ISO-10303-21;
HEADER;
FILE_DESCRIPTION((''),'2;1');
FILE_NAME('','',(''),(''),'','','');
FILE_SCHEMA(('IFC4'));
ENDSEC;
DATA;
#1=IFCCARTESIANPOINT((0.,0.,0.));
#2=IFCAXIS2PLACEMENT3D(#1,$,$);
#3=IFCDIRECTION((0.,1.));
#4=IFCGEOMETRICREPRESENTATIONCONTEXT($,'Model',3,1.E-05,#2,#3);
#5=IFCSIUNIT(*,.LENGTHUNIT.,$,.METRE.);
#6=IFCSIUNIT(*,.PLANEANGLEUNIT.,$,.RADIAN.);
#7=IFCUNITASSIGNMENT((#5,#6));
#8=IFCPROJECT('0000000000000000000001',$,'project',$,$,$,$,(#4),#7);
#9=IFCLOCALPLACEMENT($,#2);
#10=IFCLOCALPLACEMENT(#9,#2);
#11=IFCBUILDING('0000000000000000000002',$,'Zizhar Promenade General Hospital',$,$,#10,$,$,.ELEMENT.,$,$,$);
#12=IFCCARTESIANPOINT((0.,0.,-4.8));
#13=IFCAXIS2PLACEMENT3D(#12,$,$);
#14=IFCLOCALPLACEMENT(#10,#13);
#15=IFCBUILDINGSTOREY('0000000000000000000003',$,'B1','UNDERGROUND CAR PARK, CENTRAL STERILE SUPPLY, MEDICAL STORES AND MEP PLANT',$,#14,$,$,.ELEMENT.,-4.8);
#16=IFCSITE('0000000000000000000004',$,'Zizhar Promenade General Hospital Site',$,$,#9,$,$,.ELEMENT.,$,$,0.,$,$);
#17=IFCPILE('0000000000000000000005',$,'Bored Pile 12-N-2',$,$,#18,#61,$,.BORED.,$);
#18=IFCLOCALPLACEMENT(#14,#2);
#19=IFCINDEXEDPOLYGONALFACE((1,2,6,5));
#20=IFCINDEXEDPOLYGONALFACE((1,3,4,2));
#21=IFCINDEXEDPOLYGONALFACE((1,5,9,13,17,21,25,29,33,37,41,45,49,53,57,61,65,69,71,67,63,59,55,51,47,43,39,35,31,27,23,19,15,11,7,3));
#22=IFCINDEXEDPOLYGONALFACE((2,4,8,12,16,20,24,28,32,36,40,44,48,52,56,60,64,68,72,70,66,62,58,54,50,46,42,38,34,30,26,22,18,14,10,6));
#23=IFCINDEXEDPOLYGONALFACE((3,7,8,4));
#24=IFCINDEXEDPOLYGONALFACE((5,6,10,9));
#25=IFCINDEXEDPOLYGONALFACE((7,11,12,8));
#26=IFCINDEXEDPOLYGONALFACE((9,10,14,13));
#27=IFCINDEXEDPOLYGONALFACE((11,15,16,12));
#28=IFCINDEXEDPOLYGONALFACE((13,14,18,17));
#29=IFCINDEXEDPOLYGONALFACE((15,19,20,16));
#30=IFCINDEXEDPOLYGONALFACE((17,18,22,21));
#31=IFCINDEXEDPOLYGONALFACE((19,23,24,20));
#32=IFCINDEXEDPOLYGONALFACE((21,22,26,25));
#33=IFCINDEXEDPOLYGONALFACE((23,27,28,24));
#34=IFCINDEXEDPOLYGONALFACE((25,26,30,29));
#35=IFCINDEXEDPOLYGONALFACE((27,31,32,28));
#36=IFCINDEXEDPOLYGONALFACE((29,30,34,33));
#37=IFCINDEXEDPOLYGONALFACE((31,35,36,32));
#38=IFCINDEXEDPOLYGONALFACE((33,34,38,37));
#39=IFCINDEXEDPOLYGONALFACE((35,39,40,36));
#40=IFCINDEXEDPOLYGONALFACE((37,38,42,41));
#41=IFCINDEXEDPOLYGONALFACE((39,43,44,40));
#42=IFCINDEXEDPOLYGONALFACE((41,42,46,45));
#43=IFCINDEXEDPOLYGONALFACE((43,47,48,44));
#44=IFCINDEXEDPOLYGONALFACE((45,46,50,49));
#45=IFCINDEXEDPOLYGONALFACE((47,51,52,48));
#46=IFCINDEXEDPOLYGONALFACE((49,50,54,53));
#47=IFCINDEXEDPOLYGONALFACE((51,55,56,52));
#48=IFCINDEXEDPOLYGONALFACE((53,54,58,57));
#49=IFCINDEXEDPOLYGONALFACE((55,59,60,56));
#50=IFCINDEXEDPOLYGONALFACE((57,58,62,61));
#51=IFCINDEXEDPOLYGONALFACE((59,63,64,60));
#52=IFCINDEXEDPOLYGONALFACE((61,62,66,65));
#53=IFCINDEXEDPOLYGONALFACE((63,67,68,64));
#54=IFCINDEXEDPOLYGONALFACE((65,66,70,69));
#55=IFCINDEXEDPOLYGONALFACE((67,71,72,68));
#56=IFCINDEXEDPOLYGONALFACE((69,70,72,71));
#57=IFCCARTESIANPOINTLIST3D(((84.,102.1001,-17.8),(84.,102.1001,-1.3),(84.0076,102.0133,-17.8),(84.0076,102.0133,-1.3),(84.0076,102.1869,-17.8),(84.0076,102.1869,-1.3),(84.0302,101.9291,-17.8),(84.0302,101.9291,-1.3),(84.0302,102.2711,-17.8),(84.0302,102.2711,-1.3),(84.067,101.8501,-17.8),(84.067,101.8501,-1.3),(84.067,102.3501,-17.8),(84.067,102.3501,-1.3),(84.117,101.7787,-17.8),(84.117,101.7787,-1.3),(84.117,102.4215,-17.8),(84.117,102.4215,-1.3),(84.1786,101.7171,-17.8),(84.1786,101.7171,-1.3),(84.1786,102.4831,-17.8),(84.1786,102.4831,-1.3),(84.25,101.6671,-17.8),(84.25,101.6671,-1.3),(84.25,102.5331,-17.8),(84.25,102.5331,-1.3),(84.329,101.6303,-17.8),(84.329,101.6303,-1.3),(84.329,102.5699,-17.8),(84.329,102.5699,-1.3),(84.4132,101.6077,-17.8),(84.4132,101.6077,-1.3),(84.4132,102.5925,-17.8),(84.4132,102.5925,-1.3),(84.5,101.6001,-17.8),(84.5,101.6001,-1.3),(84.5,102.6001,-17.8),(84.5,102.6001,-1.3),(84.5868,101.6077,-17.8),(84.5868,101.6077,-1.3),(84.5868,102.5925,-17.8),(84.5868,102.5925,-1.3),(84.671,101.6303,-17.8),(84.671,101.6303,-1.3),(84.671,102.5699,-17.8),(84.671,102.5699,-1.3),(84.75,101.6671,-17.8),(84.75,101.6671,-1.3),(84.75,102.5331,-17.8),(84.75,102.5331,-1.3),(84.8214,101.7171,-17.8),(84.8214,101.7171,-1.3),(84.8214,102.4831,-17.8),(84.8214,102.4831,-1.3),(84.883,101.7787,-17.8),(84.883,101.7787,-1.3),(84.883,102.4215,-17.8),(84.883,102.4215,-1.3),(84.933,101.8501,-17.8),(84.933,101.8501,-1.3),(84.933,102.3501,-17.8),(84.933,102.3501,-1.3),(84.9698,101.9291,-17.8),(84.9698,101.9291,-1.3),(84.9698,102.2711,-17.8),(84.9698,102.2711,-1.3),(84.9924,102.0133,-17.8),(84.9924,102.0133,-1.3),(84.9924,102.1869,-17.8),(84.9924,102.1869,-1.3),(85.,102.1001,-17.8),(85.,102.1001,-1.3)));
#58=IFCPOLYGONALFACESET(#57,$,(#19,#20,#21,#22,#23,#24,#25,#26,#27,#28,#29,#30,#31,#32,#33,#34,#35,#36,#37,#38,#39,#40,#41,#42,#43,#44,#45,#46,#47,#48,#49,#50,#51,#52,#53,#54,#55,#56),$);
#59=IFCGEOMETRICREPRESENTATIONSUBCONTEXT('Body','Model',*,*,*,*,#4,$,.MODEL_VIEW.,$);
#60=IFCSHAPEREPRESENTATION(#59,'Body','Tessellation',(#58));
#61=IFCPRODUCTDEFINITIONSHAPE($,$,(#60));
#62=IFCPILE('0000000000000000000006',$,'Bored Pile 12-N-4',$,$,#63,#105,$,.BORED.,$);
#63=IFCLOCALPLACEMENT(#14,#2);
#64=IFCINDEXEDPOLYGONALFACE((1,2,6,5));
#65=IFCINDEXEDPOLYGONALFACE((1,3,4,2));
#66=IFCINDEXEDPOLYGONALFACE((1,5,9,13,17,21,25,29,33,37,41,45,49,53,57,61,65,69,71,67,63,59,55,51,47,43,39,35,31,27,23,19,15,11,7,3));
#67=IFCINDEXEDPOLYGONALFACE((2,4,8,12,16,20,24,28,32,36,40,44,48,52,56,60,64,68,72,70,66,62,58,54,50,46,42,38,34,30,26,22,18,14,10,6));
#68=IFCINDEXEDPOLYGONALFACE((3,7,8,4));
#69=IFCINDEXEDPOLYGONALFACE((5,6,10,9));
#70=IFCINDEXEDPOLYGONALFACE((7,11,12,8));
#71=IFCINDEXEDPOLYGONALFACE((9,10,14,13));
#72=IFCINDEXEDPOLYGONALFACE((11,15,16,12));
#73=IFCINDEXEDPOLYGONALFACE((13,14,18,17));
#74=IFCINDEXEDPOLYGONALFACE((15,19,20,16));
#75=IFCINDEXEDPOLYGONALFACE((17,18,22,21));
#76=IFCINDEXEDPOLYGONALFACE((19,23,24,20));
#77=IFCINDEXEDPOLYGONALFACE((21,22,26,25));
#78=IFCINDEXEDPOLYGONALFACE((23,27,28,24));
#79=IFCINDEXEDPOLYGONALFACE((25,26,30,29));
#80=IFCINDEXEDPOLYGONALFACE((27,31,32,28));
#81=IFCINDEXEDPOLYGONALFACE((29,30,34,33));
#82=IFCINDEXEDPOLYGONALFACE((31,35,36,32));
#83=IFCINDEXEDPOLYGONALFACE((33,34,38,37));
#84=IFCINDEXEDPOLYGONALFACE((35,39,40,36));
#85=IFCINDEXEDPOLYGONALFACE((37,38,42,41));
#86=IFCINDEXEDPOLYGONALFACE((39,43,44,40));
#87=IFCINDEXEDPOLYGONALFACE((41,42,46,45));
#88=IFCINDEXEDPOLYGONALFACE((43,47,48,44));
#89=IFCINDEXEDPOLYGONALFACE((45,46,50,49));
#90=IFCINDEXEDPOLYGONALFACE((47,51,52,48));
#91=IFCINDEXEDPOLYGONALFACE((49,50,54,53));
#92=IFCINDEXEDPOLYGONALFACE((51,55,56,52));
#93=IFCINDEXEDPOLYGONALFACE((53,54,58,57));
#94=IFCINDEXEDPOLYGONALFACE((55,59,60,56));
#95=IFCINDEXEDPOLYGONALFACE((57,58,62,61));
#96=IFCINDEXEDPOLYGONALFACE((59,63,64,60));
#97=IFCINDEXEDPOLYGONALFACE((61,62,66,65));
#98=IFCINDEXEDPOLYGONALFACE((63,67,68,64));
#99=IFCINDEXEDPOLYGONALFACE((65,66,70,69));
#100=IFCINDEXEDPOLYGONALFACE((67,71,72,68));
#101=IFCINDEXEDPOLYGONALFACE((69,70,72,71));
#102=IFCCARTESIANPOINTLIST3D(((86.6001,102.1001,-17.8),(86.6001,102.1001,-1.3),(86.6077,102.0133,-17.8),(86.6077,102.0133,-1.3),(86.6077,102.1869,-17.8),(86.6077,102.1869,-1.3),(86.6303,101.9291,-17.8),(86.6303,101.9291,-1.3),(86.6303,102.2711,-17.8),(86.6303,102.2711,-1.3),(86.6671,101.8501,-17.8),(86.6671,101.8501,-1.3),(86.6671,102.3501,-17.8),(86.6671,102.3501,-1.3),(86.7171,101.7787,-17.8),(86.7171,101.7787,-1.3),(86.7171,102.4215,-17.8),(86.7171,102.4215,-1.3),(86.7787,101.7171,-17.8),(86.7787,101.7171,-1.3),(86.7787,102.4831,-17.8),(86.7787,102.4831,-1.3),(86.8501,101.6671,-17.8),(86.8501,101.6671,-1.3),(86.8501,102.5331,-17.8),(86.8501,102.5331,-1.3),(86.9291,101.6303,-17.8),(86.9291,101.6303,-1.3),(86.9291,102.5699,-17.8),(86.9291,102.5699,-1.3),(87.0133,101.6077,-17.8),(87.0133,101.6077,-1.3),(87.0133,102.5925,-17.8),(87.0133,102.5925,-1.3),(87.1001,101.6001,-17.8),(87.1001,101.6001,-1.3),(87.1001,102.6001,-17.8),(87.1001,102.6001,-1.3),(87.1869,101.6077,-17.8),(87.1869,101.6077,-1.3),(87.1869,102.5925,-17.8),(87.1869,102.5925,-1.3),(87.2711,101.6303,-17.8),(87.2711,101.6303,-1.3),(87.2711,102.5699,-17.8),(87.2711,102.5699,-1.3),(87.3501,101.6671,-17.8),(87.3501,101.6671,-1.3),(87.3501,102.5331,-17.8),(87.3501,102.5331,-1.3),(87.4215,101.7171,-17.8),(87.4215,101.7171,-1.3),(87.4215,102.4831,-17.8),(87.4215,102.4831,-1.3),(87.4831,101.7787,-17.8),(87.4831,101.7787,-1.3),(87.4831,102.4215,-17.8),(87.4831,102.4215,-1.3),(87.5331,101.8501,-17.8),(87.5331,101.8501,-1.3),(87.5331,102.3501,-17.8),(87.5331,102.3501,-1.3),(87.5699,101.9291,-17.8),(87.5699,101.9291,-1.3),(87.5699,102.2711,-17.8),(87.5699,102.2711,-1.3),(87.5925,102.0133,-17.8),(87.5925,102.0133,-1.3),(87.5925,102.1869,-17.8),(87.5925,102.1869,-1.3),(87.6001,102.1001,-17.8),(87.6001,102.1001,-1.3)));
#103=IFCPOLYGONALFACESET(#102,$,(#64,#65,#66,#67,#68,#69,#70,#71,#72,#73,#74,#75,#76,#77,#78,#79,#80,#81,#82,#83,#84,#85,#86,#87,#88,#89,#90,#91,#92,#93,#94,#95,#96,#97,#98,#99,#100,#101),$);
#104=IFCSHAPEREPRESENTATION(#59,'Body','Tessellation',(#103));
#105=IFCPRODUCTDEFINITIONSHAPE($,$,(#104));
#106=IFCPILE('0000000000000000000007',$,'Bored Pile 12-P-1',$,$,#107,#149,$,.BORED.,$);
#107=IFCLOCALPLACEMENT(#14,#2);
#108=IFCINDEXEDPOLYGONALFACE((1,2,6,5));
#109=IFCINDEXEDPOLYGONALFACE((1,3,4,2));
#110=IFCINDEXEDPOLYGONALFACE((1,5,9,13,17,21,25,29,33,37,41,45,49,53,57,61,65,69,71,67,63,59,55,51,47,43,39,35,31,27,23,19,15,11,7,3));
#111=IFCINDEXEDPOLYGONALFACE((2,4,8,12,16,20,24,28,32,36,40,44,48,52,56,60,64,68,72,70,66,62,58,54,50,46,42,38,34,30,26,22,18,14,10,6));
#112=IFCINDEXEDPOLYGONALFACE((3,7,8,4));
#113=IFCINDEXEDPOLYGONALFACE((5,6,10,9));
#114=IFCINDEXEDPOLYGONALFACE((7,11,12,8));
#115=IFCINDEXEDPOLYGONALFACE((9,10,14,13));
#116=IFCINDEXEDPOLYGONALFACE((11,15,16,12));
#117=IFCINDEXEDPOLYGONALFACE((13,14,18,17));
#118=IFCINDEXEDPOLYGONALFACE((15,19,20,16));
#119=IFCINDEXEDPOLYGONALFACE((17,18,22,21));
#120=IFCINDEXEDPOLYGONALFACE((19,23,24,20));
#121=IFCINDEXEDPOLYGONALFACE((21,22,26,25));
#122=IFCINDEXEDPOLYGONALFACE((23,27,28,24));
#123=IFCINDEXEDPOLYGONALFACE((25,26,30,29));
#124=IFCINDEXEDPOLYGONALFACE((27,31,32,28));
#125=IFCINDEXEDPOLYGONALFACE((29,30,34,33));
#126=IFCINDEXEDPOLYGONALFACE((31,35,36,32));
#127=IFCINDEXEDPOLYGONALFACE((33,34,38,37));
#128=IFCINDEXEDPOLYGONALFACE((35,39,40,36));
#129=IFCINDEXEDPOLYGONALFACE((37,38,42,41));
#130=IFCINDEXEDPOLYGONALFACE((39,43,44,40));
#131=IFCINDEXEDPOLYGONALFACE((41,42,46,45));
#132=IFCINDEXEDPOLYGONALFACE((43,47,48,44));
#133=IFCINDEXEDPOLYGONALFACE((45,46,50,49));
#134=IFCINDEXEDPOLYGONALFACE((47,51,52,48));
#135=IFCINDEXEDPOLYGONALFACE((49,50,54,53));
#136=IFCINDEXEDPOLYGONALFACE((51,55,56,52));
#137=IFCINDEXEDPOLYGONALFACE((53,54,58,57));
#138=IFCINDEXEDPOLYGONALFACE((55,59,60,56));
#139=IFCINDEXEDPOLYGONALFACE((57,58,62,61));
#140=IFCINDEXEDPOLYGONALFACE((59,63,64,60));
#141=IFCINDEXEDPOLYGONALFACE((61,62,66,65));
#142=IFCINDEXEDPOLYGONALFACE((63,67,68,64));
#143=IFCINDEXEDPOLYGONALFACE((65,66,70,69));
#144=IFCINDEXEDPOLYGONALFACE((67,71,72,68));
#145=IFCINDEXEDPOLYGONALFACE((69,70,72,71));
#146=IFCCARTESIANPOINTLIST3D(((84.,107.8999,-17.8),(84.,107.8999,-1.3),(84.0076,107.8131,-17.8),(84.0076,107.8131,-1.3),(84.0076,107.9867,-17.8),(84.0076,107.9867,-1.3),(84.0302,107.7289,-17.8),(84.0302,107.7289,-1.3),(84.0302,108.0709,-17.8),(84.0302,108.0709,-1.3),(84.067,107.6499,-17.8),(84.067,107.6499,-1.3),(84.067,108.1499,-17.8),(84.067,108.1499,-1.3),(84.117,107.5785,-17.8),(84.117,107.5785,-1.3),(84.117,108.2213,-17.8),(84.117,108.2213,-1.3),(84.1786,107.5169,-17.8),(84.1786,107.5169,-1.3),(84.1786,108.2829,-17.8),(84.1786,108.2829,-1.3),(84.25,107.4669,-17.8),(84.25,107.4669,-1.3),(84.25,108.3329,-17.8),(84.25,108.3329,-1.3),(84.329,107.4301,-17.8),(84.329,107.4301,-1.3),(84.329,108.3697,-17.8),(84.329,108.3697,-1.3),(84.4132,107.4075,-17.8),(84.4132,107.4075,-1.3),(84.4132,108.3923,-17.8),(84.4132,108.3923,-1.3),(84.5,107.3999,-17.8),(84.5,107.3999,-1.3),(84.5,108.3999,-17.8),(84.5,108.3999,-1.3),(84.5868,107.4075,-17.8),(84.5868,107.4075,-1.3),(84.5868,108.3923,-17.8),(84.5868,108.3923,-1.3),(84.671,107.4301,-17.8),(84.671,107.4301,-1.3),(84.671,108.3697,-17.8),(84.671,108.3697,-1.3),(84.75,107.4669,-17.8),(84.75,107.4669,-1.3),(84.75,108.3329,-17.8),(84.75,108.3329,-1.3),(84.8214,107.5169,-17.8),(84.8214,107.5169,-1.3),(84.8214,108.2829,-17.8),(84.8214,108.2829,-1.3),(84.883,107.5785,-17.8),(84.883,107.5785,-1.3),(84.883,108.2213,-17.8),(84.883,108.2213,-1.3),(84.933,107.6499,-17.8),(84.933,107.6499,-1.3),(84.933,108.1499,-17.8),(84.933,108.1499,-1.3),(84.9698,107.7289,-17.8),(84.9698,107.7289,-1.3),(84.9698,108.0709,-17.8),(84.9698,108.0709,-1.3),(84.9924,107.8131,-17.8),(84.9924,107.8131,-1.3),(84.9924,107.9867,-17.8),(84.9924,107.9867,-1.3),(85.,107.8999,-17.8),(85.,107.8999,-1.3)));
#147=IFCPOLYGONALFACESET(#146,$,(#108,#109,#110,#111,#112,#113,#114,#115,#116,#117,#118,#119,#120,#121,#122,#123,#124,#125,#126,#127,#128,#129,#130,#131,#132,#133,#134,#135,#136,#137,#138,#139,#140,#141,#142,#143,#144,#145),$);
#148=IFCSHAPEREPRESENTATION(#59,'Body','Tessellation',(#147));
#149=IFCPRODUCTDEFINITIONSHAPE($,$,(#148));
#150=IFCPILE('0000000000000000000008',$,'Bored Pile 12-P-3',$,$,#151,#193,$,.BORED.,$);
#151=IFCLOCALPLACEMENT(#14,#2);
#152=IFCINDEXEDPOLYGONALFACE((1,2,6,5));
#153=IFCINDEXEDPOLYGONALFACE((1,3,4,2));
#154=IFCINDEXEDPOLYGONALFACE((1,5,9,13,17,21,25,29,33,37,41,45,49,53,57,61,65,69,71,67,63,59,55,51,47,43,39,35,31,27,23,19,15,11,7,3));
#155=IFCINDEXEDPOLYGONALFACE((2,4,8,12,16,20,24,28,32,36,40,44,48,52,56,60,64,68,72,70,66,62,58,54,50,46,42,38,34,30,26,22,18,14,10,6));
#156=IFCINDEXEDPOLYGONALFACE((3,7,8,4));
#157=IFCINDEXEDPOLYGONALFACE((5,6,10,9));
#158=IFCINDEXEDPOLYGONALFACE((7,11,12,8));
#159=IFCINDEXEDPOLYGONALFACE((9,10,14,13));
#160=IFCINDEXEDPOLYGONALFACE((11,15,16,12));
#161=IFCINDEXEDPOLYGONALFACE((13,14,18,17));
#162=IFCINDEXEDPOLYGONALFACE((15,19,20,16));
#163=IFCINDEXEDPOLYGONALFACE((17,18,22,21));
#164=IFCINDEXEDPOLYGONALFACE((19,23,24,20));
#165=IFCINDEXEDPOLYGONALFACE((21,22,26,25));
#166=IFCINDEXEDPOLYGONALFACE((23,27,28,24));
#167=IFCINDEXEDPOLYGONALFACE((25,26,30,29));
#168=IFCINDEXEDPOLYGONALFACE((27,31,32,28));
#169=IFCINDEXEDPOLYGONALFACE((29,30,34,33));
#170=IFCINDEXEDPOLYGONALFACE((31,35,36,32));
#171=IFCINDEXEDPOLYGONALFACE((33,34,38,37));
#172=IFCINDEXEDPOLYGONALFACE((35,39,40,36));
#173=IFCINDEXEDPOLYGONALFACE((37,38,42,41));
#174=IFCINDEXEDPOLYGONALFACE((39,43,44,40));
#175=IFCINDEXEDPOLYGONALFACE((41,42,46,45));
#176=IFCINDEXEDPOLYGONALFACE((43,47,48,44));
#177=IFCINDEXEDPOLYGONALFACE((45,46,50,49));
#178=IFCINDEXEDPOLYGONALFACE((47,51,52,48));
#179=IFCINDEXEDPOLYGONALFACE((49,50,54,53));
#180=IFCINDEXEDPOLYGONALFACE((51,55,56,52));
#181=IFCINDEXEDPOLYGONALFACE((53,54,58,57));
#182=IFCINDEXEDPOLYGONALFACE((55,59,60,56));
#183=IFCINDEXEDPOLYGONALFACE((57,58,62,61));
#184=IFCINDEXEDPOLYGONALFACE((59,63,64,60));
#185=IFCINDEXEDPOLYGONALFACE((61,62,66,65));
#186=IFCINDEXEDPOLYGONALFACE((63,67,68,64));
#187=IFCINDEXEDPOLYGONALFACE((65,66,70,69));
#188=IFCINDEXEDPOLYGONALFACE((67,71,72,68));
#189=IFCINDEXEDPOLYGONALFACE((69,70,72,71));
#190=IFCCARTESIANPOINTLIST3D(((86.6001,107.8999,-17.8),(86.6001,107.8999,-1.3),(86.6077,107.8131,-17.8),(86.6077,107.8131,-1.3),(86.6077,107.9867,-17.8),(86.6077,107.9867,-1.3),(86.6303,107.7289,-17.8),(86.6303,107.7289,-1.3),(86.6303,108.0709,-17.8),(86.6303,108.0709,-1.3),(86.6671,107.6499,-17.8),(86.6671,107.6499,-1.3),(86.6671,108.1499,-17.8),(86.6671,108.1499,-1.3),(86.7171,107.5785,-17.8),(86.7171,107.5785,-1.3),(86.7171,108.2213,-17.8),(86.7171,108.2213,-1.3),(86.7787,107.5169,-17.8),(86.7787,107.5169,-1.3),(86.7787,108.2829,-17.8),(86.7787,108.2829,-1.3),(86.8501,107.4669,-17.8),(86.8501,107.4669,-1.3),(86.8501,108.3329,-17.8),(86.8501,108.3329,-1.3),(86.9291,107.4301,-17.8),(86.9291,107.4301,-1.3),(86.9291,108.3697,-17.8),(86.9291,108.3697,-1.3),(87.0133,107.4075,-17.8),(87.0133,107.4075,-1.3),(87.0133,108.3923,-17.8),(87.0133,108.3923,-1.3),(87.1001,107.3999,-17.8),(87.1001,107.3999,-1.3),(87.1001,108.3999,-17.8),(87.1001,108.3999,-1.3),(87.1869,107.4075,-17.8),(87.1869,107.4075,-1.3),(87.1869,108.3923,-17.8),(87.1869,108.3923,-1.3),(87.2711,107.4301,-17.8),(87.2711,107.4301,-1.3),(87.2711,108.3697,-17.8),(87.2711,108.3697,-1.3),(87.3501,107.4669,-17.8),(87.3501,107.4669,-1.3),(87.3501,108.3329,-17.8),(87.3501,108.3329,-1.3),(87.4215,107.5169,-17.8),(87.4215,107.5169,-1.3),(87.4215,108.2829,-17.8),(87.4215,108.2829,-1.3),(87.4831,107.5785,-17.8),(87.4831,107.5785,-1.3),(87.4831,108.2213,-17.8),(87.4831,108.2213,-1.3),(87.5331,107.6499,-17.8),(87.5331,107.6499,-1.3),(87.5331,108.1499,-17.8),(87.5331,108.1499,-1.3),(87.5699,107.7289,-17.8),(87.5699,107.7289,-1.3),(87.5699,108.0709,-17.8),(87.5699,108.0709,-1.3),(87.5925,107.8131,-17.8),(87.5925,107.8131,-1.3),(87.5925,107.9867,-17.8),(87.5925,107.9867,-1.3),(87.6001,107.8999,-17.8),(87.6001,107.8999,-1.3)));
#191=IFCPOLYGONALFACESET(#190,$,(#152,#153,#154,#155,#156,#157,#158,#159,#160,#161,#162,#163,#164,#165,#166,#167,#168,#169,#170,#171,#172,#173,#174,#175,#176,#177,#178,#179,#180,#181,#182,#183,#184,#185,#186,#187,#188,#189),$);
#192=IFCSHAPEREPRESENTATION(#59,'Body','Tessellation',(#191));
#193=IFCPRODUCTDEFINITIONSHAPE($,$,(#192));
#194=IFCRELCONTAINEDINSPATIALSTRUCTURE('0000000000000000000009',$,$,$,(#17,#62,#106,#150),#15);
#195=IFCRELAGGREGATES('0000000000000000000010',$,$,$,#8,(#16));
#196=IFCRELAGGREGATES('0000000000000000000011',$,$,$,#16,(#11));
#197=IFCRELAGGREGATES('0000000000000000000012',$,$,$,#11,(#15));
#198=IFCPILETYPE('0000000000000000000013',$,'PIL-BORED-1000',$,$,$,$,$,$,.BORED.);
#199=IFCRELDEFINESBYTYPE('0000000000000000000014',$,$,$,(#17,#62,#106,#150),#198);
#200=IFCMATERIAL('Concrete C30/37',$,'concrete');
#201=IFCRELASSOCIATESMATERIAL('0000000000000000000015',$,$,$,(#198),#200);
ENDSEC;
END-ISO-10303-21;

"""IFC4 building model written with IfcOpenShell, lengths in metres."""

from ifc_helpers import new_model, si_unit, direction, frame, origin, origin_2d, place, context, subcontext, project, spatial, circle, extrude, material, material_profile, profile_set, type_object, element, save


model = new_model("IFC4")

# Units and contexts
model_context = context("Model", 3, precision=1e-05, world=origin(), true_north=direction((0.0, 1.0)))
body_context = subcontext(model_context, "Body", "Model", "MODEL_VIEW")
ifc_project = project(units=[si_unit("LENGTHUNIT", "METRE"), si_unit("PLANEANGLEUNIT", "RADIAN")], contexts=[model_context])

# Site, building, storey
site_placement = place(None, origin())
site = spatial("IfcSite", under=ifc_project, at=site_placement, Name="Zizhar Promenade General Hospital Site", CompositionType="ELEMENT", RefElevation=0.0)
building_placement = place(site_placement, origin())
building = spatial("IfcBuilding", under=site, at=building_placement, Name="Zizhar Promenade General Hospital", CompositionType="ELEMENT")
storey_placement = place(building_placement, frame((0.0, 0.0, -4.8)))
storey = spatial("IfcBuildingStorey", under=building, at=storey_placement, Name="B1", Description="UNDERGROUND CAR PARK, CENTRAL STERILE SUPPLY, MEDICAL STORES AND MEP PLANT", CompositionType="ELEMENT", Elevation=-4.8)

# Piles
ifc_material_1 = material(Name="Concrete C30/37", Category="concrete")
ifc_material_profile_1 = material_profile(ifc_material_1, circle(Radius=0.5, at=origin_2d()))
ifc_profile_set_1 = profile_set([ifc_material_profile_1], Name="Concrete C30/37")
pile_type = type_object("IfcPileType", Name="PIL-BORED-1000", PredefinedType="BORED", material=ifc_profile_set_1)
for number, where, z_axis, x_axis, name in (
    (1, (84.5, 102.1001, -1.3), (0.0, 0.0, -1.0), (1.0, 0.0, 0.0), "Bored Pile 12-N-2"),
    (2, (87.1001, 102.1001, -1.3), (0.0, 0.0, -1.0), (1.0, 0.0, 0.0), "Bored Pile 12-N-4"),
    (3, (84.5, 107.8999, -1.3), (0.0, 0.0, -1.0), (1.0, 0.0, 0.0), "Bored Pile 12-P-1"),
    (4, (87.1001, 107.8999, -1.3), (0.0, 0.0, -1.0), (1.0, 0.0, 0.0), "Bored Pile 12-P-3"),
):
    element("IfcPile", number, at=place(storey_placement, frame(where, z_axis=z_axis, x_axis=x_axis)), inside=storey, type_object=pile_type, Name=name, PredefinedType="BORED", context=body_context, shape_type="SweptSolid", body=[
        extrude(circle(Radius=0.5, at=origin_2d()), origin(), (0.0, 0.0, 1.0), 16.5),
    ])

save(model, "model.ifc")
